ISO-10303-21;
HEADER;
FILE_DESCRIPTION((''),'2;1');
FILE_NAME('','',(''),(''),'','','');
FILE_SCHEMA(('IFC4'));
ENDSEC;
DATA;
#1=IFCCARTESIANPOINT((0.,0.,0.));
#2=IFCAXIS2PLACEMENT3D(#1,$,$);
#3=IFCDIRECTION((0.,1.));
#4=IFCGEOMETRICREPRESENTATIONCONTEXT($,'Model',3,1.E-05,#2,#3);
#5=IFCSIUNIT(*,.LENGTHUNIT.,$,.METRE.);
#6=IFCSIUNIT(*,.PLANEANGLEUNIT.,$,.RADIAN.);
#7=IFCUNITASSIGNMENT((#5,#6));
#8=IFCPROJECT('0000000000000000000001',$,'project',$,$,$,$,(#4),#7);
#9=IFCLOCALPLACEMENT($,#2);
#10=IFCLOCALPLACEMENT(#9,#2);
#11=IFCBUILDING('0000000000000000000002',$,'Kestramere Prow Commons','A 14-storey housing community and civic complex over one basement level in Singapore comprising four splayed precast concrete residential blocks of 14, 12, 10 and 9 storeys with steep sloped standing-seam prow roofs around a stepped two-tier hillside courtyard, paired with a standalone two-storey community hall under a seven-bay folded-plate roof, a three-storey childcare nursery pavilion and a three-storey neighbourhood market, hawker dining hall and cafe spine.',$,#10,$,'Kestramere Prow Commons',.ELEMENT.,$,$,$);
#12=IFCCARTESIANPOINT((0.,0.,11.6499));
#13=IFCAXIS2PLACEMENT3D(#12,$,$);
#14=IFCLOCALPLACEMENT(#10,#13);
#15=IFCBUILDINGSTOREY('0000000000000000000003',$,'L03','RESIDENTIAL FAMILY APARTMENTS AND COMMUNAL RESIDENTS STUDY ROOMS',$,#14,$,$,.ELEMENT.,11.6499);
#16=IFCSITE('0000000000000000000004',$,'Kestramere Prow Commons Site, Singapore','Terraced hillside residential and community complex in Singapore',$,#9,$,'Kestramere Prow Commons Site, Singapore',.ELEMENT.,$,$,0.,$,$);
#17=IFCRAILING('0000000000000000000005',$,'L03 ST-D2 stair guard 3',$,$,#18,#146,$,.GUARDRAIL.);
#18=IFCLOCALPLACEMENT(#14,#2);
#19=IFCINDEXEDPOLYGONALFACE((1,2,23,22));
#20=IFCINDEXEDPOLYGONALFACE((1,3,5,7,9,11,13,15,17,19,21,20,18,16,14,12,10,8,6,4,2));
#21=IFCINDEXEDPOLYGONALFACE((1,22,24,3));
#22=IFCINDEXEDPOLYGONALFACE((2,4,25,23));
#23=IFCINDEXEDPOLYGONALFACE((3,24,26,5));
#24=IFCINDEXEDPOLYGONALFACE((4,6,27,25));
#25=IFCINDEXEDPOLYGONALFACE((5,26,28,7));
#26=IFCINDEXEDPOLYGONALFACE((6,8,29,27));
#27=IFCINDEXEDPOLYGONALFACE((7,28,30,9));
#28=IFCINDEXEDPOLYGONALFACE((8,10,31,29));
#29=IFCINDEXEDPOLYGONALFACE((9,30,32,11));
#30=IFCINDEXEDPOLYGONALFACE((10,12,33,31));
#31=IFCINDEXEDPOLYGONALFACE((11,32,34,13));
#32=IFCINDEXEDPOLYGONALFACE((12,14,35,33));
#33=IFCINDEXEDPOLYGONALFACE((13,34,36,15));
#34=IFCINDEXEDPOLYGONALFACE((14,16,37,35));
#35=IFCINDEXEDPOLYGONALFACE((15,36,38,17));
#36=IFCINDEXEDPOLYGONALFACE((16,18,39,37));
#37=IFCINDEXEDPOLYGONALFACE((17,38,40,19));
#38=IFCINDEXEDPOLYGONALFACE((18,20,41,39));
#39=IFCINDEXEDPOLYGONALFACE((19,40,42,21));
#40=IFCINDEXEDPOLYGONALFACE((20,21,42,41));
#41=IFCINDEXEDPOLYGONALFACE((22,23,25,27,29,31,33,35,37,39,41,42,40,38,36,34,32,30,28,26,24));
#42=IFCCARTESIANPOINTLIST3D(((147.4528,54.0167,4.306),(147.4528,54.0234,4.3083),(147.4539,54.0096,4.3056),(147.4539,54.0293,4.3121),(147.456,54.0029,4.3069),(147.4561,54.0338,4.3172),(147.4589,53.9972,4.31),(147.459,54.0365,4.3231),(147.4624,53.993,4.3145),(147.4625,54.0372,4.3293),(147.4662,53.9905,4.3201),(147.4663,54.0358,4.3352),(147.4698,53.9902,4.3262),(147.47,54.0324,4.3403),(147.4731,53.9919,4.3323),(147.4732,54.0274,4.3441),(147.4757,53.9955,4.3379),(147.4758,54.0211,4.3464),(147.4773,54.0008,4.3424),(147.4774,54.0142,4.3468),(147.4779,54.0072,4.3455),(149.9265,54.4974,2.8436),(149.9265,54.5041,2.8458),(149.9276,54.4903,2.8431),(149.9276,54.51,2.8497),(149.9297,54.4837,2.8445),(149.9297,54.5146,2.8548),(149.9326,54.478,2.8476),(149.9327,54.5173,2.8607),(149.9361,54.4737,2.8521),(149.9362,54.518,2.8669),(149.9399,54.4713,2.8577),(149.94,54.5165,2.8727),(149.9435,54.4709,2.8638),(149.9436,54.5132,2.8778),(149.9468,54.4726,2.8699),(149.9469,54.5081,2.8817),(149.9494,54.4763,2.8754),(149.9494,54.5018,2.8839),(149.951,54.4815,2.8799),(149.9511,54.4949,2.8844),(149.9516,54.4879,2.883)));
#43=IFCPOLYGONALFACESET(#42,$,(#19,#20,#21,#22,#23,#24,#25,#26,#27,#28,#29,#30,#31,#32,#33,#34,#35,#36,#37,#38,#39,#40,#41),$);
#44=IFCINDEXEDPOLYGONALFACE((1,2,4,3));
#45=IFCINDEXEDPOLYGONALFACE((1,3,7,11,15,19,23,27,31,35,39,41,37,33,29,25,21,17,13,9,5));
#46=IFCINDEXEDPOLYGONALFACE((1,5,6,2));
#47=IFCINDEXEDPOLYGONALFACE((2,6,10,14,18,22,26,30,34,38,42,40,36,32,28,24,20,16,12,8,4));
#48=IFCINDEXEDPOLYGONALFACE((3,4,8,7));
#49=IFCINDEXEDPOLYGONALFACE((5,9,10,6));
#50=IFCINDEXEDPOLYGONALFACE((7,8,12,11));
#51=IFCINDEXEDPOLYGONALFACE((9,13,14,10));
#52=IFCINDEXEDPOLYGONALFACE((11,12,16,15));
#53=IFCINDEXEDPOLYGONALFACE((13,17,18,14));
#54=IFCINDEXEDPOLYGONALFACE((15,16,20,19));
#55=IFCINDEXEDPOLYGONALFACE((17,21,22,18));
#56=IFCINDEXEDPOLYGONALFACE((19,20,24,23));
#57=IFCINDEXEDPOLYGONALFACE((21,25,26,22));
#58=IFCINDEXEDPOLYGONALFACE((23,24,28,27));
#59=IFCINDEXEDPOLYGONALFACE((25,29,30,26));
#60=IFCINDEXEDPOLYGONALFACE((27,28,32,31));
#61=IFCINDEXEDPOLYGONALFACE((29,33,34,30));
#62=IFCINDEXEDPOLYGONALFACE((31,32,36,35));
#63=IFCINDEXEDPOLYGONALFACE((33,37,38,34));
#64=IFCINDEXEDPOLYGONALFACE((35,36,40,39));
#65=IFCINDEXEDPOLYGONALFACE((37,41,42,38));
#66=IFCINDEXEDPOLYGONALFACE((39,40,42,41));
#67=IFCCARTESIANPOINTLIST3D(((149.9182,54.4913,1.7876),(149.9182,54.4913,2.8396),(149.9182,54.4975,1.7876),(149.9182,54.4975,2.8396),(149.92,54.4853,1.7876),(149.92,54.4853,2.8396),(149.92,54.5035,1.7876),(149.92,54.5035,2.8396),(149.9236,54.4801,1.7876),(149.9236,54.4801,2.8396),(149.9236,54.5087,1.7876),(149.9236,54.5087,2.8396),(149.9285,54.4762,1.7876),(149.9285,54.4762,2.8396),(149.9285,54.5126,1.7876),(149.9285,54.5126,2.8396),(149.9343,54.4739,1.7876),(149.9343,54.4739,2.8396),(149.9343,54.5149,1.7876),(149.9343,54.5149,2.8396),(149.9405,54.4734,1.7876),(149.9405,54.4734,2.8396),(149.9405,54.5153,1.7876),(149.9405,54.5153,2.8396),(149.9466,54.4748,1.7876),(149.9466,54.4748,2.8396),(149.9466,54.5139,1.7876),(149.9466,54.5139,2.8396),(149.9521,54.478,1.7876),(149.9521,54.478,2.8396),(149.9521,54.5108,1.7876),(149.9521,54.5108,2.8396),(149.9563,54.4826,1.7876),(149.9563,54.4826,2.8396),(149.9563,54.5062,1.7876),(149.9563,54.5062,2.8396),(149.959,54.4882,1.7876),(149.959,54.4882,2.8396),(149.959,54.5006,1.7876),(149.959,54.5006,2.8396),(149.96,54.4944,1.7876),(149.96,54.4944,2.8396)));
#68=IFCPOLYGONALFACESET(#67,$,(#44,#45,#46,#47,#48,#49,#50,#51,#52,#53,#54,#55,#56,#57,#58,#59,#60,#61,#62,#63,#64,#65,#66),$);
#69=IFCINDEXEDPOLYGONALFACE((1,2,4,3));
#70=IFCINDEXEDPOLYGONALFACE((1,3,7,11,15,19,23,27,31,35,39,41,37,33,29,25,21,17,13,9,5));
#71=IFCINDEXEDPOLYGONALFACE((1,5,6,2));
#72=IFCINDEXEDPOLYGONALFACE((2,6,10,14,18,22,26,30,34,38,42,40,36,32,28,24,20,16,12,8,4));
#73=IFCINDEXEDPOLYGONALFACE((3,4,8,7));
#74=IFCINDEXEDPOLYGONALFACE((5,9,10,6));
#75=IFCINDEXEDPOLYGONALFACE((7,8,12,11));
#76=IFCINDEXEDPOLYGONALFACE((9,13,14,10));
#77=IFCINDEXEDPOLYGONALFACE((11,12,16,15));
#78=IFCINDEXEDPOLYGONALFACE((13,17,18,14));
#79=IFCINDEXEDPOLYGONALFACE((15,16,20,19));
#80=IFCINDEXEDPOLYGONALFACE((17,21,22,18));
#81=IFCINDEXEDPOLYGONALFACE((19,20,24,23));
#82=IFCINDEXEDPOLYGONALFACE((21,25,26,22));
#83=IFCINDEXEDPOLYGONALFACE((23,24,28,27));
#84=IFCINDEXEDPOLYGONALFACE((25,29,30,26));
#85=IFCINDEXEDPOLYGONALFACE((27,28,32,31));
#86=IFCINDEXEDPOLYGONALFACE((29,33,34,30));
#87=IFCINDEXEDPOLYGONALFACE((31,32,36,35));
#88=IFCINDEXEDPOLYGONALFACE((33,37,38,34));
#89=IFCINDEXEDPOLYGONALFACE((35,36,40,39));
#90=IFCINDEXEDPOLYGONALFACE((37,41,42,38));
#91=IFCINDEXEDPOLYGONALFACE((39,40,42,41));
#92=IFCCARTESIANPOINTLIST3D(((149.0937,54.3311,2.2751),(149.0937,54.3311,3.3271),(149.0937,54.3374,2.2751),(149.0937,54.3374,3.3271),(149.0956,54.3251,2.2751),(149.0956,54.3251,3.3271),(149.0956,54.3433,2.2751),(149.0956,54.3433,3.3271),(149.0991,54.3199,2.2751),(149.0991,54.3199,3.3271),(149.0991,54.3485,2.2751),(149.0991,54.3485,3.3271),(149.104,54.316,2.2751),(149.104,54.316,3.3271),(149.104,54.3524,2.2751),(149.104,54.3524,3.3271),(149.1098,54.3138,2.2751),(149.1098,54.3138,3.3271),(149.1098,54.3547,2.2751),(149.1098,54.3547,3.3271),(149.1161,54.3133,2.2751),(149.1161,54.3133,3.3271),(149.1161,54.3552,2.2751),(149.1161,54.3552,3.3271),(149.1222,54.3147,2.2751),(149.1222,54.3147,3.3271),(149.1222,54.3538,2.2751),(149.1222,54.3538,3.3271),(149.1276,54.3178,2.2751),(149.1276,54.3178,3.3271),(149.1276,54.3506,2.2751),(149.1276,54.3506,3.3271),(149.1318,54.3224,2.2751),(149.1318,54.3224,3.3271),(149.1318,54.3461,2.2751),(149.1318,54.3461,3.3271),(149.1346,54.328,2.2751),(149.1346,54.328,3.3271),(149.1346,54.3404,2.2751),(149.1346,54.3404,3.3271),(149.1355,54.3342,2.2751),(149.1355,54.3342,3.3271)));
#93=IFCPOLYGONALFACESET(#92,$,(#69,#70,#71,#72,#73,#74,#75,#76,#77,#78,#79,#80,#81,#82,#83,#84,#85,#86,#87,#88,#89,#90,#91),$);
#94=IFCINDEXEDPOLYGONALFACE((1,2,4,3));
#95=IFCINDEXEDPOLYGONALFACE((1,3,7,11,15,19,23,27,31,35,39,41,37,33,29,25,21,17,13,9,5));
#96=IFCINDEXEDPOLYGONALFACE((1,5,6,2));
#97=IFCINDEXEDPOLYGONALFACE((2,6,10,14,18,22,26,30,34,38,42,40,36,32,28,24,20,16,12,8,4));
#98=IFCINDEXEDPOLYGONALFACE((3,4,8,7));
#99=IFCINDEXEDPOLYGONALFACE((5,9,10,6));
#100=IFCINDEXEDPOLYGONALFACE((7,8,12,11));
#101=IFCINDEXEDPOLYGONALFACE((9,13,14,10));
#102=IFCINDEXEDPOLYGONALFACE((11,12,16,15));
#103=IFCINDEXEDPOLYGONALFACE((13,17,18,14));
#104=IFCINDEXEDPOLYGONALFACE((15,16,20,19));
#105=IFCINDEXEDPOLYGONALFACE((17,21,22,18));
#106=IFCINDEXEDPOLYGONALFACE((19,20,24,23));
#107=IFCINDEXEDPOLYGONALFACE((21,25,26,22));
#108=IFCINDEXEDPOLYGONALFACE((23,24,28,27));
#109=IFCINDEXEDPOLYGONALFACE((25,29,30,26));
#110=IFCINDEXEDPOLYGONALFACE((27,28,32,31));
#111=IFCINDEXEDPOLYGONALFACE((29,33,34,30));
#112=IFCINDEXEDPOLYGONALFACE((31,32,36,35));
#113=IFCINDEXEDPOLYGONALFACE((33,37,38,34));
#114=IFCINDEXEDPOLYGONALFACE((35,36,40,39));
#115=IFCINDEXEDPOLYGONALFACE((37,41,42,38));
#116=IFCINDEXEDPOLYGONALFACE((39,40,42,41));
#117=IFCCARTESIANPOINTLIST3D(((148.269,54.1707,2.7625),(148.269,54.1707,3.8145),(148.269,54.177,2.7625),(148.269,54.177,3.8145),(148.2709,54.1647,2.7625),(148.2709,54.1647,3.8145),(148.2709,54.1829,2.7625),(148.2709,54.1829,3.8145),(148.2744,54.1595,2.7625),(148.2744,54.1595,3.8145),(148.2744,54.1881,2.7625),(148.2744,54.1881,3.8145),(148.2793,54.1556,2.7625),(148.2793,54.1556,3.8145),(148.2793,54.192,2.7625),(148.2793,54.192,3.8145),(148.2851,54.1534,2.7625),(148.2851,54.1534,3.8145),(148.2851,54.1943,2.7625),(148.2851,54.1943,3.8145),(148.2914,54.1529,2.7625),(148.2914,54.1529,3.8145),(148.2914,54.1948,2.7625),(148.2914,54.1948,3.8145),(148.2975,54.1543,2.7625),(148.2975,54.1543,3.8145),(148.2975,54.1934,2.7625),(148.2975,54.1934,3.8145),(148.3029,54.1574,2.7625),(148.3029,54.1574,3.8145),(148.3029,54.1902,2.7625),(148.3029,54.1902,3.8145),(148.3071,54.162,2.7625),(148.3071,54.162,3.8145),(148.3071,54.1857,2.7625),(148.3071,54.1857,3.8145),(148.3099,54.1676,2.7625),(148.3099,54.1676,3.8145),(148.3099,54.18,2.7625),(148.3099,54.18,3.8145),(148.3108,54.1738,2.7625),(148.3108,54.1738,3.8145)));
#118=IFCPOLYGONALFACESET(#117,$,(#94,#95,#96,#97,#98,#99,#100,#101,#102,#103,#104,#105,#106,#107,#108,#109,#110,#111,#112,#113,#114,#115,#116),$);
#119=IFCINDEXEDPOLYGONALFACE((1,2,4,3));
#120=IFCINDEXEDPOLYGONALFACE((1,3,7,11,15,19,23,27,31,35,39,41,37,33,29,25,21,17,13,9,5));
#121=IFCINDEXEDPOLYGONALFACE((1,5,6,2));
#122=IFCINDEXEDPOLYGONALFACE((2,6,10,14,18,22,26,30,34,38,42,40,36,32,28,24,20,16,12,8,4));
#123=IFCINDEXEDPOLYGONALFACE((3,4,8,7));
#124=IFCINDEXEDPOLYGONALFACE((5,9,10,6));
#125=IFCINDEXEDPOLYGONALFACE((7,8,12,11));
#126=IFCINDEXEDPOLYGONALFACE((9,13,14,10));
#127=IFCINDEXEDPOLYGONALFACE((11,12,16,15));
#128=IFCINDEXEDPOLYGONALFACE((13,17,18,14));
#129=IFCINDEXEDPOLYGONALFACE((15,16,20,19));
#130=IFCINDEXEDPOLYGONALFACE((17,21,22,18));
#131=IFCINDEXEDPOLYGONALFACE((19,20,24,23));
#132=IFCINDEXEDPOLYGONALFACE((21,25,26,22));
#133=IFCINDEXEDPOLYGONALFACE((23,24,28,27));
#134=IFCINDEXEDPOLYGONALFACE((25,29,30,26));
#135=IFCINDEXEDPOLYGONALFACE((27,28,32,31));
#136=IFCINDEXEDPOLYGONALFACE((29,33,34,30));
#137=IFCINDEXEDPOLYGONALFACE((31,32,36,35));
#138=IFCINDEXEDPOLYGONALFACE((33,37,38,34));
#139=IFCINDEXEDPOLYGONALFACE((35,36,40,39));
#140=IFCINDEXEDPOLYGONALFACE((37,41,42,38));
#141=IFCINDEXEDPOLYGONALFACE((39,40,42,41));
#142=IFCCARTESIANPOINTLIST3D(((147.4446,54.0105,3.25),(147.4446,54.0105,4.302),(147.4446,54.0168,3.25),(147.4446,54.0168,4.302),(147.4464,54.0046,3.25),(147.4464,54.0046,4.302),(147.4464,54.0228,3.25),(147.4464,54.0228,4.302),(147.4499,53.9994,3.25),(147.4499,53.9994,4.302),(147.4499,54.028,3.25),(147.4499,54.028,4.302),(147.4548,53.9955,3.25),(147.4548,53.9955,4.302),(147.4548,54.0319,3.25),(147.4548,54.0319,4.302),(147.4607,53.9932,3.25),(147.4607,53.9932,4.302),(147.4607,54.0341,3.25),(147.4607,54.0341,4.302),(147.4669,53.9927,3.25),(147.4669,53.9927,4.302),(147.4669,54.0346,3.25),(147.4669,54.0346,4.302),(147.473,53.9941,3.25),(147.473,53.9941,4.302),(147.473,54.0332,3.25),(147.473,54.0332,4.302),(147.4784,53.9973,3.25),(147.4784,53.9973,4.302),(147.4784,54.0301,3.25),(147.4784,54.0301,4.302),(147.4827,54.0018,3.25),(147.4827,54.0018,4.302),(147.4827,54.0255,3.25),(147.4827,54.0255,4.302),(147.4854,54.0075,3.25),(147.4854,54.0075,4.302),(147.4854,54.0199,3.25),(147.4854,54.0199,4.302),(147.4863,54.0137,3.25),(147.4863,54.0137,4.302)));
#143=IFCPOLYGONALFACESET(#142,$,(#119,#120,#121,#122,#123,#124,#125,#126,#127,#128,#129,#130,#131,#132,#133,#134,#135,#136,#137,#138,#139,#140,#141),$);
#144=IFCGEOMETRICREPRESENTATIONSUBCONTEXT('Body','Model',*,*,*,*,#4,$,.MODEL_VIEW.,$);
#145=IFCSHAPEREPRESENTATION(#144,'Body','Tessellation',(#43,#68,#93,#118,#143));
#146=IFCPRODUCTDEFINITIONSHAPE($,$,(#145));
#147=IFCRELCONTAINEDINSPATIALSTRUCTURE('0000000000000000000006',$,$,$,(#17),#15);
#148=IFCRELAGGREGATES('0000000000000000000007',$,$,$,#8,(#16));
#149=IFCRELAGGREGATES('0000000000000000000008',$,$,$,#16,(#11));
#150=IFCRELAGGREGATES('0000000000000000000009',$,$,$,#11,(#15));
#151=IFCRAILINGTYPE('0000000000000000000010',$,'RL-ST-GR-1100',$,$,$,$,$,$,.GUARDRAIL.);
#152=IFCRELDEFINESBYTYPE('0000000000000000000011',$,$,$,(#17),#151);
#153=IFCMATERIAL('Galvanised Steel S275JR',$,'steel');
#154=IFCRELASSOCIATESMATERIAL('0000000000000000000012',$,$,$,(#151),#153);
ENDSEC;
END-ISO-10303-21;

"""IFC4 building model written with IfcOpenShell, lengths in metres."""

from ifc_helpers import new_model, si_unit, direction, frame, origin, origin_2d, place, context, subcontext, project, spatial, circle, extrude, material, type_object, element, save


model = new_model("IFC4")

# Units and contexts
model_context = context("Model", 3, precision=1e-05, world=origin(), true_north=direction((0.0, 1.0)))
body_context = subcontext(model_context, "Body", "Model", "MODEL_VIEW")
ifc_project = project(units=[si_unit("LENGTHUNIT", "METRE"), si_unit("PLANEANGLEUNIT", "RADIAN")], contexts=[model_context])

# Site, building, storey
site_placement = place(None, origin())
site = spatial("IfcSite", under=ifc_project, at=site_placement, Name="Kestramere Prow Commons Site, Singapore", Description="Terraced hillside residential and community complex in Singapore", LongName="Kestramere Prow Commons Site, Singapore", CompositionType="ELEMENT", RefElevation=0.0)
building_placement = place(site_placement, origin())
building = spatial("IfcBuilding", under=site, at=building_placement, Name="Kestramere Prow Commons", Description="A 14-storey housing community and civic complex over one basement level in Singapore comprising four splayed precast concrete residential blocks of 14, 12, 10 and 9 storeys with steep sloped standing-seam prow roofs around a stepped two-tier hillside courtyard, paired with a standalone two-storey community hall under a seven-bay folded-plate roof, a three-storey childcare nursery pavilion and a three-storey neighbourhood market, hawker dining hall and cafe spine.", LongName="Kestramere Prow Commons", CompositionType="ELEMENT")
storey_placement = place(building_placement, frame((0.0, 0.0, 11.6499)))
storey = spatial("IfcBuildingStorey", under=building, at=storey_placement, Name="L03", Description="RESIDENTIAL FAMILY APARTMENTS AND COMMUNAL RESIDENTS STUDY ROOMS", CompositionType="ELEMENT", Elevation=11.6499)

# Railing
ifc_material_1 = material(Name="Galvanised Steel S275JR", Category="steel")
railing_type_1 = type_object("IfcRailingType", Name="RL-ST-GR-1100", PredefinedType="GUARDRAIL", material=ifc_material_1)
railing_1_placement = place(storey_placement, frame((149.939, 54.4944, 1.7876)))
element("IfcRailing", 1, at=railing_1_placement, inside=storey, type_object=railing_type_1, Name="L03 ST-D2 stair guard 3", PredefinedType="GUARDRAIL", context=body_context, shape_type="SweptSolid", body=[
    extrude(circle(Radius=0.0239, at=origin_2d()), frame((0.0, 0.0, 1.0762), z_axis=(-0.84902, -0.164994, 0.501938), x_axis=(0.190766, -0.981636, 0.0)), (0.0, 0.0, 1.0), 2.9136),
    extrude(circle(Radius=0.021, at=origin_2d()), origin(), (0.0, 0.0, 1.0), 1.052),
    extrude(circle(Radius=0.021, at=origin_2d()), frame((-0.8245, -0.1602, 0.4875)), (0.0, 0.0, 1.0), 1.052),
    extrude(circle(Radius=0.021, at=origin_2d()), frame((-1.6492, -0.3206, 0.9749)), (0.0, 0.0, 1.0), 1.052),
    extrude(circle(Radius=0.021, at=origin_2d()), frame((-2.4736, -0.4807, 1.4624)), (0.0, 0.0, 1.0), 1.052),
])

save(model, "model.ifc")
